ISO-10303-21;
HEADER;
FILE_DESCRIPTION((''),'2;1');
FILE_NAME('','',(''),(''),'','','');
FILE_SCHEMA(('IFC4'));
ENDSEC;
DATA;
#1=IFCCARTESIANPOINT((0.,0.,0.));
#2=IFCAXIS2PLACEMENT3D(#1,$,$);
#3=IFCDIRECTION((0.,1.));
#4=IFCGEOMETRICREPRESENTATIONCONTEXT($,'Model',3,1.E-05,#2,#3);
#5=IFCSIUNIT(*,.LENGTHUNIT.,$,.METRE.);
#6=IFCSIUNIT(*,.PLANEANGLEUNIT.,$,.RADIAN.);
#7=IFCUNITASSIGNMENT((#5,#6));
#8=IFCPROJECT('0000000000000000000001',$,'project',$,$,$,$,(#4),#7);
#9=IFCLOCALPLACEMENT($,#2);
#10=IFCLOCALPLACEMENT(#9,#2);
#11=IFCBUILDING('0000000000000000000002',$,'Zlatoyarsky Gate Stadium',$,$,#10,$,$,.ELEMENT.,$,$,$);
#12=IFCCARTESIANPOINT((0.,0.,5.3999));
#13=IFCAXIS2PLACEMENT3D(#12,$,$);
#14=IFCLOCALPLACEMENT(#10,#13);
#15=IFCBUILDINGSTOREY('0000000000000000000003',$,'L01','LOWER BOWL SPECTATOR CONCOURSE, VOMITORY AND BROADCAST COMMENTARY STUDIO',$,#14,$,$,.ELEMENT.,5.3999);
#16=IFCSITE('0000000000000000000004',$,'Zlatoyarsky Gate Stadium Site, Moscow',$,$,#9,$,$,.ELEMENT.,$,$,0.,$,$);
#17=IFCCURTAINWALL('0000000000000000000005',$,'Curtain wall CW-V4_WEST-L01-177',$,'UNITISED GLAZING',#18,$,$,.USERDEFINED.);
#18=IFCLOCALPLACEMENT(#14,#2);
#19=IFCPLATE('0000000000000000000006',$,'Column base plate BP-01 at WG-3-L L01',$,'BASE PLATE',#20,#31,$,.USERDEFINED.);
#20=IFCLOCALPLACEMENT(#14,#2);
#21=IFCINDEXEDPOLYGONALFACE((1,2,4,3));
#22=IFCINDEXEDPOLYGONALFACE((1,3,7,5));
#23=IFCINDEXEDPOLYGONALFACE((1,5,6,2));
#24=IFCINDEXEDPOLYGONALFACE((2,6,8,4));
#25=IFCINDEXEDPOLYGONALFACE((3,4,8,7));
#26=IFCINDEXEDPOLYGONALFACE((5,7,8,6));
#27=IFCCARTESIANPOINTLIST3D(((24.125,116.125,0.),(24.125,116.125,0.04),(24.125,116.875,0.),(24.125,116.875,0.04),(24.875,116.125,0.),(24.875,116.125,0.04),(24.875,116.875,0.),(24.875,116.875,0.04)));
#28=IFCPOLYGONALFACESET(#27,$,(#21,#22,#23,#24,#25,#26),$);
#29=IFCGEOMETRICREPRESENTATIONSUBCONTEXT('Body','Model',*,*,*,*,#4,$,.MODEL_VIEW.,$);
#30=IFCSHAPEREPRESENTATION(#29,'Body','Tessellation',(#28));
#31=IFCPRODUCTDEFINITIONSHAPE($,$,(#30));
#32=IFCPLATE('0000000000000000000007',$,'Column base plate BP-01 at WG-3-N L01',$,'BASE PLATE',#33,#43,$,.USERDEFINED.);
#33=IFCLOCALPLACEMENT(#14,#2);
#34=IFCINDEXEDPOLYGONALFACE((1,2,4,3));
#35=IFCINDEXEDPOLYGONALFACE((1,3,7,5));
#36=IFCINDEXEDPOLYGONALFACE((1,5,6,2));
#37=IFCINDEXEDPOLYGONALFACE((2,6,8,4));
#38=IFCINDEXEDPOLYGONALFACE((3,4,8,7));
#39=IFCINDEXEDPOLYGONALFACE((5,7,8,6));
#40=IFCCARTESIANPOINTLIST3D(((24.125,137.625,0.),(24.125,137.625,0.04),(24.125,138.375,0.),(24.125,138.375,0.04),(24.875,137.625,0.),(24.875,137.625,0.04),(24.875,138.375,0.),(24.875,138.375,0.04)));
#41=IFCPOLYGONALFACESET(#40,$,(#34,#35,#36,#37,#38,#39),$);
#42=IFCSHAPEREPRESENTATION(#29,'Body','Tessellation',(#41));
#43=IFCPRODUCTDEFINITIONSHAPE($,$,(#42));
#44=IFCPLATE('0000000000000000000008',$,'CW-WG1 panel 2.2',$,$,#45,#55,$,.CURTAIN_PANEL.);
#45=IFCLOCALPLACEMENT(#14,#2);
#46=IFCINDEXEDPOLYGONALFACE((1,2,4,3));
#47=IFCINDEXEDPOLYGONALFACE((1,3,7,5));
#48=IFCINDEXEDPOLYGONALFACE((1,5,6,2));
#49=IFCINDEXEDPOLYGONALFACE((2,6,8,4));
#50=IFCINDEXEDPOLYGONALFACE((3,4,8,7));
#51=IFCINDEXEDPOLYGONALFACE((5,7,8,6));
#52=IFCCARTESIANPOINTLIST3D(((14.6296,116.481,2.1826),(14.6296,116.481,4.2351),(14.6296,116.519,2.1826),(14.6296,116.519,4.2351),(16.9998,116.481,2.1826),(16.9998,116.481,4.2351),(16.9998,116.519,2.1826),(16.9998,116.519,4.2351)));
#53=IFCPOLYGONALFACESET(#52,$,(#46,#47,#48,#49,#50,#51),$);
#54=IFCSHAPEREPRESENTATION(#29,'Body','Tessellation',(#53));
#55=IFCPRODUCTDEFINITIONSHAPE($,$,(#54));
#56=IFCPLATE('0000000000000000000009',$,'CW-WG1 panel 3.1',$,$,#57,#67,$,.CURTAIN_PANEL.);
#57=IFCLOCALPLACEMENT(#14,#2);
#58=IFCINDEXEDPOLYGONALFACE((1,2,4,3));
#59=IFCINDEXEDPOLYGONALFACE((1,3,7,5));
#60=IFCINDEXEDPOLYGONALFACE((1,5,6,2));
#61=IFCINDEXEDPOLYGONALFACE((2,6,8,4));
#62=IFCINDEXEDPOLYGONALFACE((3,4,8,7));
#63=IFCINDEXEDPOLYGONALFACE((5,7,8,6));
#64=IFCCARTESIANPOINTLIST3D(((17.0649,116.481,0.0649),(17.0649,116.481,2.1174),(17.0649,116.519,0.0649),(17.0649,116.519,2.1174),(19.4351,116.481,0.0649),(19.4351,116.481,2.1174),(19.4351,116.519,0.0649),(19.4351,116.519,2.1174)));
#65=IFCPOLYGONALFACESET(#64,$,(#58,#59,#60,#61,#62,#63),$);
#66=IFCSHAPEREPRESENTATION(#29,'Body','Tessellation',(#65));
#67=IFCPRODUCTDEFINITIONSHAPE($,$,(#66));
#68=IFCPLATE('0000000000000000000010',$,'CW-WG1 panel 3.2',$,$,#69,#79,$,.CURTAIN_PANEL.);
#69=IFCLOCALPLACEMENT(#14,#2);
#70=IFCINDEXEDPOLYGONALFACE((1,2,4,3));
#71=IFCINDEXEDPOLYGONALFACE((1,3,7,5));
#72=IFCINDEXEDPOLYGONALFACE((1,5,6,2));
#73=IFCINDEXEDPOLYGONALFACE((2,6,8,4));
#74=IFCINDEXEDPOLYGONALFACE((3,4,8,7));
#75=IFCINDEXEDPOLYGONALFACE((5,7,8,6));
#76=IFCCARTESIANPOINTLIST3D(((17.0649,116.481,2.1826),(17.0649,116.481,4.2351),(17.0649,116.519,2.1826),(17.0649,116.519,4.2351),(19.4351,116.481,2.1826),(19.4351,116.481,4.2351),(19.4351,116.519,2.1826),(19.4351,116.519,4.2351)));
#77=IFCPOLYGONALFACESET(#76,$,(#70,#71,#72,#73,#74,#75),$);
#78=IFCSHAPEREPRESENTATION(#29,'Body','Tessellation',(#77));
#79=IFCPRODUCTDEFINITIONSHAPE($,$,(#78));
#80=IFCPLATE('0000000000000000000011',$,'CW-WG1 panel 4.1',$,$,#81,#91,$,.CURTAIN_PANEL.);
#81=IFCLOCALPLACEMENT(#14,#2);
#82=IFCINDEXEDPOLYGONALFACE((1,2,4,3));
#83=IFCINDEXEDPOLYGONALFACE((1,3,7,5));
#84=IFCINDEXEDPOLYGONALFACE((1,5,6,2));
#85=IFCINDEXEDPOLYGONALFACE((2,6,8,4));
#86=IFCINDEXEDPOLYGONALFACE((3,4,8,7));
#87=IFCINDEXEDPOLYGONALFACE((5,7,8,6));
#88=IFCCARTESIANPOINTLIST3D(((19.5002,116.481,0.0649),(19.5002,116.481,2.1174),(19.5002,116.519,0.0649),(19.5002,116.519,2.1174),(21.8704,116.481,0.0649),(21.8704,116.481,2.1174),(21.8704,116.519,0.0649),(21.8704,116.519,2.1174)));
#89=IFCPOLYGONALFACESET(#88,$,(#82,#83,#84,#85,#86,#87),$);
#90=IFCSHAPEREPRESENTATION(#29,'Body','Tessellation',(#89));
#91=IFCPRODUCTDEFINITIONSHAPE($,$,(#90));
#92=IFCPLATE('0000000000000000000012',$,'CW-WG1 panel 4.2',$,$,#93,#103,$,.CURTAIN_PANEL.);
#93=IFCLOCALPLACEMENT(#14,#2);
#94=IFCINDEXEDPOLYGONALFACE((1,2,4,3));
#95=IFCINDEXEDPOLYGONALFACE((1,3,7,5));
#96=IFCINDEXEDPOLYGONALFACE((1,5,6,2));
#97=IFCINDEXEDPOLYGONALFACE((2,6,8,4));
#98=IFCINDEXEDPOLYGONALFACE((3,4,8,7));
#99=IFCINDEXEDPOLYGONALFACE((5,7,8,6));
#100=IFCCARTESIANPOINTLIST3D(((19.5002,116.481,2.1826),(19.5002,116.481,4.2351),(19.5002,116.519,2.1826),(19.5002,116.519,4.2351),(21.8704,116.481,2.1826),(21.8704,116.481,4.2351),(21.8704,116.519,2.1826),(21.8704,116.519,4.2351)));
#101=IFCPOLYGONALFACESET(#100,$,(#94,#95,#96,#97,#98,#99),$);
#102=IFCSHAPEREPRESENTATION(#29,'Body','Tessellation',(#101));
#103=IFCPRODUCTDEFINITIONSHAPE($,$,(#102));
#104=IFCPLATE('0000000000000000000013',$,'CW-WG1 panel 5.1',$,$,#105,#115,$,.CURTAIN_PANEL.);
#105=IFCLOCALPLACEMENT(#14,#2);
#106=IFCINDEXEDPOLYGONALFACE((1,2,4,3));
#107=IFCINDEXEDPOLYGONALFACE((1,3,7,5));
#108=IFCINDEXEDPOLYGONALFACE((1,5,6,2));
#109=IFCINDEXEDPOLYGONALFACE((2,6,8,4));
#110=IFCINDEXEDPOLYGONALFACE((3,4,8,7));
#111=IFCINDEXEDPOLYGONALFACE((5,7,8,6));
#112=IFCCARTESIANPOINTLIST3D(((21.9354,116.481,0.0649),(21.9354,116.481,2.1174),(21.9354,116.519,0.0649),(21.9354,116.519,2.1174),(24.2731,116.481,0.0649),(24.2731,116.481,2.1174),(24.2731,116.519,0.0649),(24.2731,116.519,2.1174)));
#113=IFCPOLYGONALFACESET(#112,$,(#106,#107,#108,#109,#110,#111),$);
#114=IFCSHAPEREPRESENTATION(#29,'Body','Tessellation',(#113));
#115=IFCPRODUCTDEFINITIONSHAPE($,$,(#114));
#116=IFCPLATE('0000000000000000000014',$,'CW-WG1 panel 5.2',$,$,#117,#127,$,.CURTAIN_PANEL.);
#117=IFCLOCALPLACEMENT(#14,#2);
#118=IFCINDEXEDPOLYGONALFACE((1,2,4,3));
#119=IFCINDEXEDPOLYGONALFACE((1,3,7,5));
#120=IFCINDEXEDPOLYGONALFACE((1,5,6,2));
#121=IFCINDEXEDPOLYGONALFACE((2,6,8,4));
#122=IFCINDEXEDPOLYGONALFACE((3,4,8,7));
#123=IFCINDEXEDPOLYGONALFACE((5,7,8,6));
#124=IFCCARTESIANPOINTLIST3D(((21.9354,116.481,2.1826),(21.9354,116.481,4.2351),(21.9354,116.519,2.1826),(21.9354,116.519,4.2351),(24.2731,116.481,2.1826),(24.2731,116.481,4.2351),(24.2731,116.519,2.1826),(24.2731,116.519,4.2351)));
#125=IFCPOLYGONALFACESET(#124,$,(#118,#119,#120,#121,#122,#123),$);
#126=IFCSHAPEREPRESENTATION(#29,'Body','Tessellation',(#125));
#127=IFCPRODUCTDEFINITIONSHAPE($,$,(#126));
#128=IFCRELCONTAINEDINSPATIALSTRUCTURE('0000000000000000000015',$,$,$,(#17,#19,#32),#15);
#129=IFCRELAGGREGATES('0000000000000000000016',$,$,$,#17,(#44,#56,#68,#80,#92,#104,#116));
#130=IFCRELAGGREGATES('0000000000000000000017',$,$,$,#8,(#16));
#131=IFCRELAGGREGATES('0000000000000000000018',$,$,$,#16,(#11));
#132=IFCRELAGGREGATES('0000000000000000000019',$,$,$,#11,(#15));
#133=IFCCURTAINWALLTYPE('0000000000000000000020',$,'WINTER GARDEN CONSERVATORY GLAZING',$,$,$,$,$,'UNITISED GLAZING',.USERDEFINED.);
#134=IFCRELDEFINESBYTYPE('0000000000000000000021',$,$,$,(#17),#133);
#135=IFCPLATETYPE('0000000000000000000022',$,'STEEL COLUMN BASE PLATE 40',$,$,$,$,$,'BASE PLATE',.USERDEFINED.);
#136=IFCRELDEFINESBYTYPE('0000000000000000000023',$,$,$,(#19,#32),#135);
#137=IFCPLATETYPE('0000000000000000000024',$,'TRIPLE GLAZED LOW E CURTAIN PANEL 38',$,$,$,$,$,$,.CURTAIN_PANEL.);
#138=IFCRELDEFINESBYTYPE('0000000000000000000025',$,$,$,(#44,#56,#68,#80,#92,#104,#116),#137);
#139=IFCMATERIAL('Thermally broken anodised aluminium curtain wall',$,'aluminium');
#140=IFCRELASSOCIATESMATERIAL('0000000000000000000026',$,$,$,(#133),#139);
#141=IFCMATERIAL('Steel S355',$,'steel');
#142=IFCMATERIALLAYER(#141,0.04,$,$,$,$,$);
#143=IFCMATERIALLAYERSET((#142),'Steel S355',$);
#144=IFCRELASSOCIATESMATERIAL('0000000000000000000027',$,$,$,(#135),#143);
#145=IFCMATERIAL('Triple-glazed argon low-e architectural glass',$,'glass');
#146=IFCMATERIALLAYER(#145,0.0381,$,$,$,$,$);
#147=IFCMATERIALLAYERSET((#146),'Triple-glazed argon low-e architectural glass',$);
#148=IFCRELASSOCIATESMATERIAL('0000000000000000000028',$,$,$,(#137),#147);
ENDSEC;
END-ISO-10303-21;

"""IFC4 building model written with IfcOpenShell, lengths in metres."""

from ifc_helpers import new_model, si_unit, direction, frame, origin, origin_2d, place, context, subcontext, project, spatial, rectangle, extrude, material, layer, layer_set, type_object, element, aggregate, save


model = new_model("IFC4")

# Units and contexts
model_context = context("Model", 3, precision=1e-05, world=origin(), true_north=direction((0.0, 1.0)))
body_context = subcontext(model_context, "Body", "Model", "MODEL_VIEW")
ifc_project = project(units=[si_unit("LENGTHUNIT", "METRE"), si_unit("PLANEANGLEUNIT", "RADIAN")], contexts=[model_context])

# Site, building, storey
site_placement = place(None, origin())
site = spatial("IfcSite", under=ifc_project, at=site_placement, Name="Zlatoyarsky Gate Stadium Site, Moscow", CompositionType="ELEMENT", RefElevation=0.0)
building_placement = place(site_placement, origin())
building = spatial("IfcBuilding", under=site, at=building_placement, Name="Zlatoyarsky Gate Stadium", CompositionType="ELEMENT")
storey_placement = place(building_placement, frame((0.0, 0.0, 5.3999)))
storey = spatial("IfcBuildingStorey", under=building, at=storey_placement, Name="L01", Description="LOWER BOWL SPECTATOR CONCOURSE, VOMITORY AND BROADCAST COMMENTARY STUDIO", CompositionType="ELEMENT", Elevation=5.3999)

# Shared definitions
ifc_material_1 = material(Name="Steel S355", Category="steel")

# Curtain wall
ifc_material_2 = material(Name="Thermally broken anodised aluminium curtain wall", Category="aluminium")
curtain_wall_type = type_object("IfcCurtainWallType", Name="WINTER GARDEN CONSERVATORY GLAZING", ElementType="UNITISED GLAZING", PredefinedType="USERDEFINED", material=ifc_material_2)
curtain_wall_placement = place(storey_placement, origin())
curtain_wall = element("IfcCurtainWall", 1, at=curtain_wall_placement, inside=storey, type_object=curtain_wall_type, Name="Curtain wall CW-V4_WEST-L01-177", ObjectType="UNITISED GLAZING", PredefinedType="USERDEFINED")

# Plates
ifc_layer_1 = layer(ifc_material_1, 0.04)
ifc_layer_set_1 = layer_set([ifc_layer_1], Name="Steel S355")
plate_type_1 = type_object("IfcPlateType", Name="STEEL COLUMN BASE PLATE 40", ElementType="BASE PLATE", PredefinedType="USERDEFINED", material=ifc_layer_set_1)
for number, where, z_axis, x_axis, name in (
    (2, (24.5, 116.5, 0.0), (0.0, 0.0, 1.0), (1.0, 0.0, 0.0), "Column base plate BP-01 at WG-3-L L01"),
    (3, (24.5, 138.0, 0.0), (0.0, 0.0, 1.0), (1.0, 0.0, 0.0), "Column base plate BP-01 at WG-3-N L01"),
):
    element("IfcPlate", number, at=place(storey_placement, frame(where, z_axis=z_axis, x_axis=x_axis)), inside=storey, type_object=plate_type_1, Name=name, ObjectType="BASE PLATE", PredefinedType="USERDEFINED", context=body_context, shape_type="SweptSolid", body=[
        extrude(rectangle(XDim=0.75, YDim=0.75, at=origin_2d()), origin(), (0.0, 0.0, 1.0), 0.04),
    ])

# Plates
ifc_material_3 = material(Name="Triple-glazed argon low-e architectural glass", Category="glass")
ifc_layer_2 = layer(ifc_material_3, 0.0381)
ifc_layer_set_2 = layer_set([ifc_layer_2], Name="Triple-glazed argon low-e architectural glass")
plate_type_2 = type_object("IfcPlateType", Name="TRIPLE GLAZED LOW E CURTAIN PANEL 38", PredefinedType="CURTAIN_PANEL", material=ifc_layer_set_2)
plate_1_placement = place(storey_placement, frame((15.8147, 116.5, 2.1826), z_axis=(0.0, 0.0, 1.0), x_axis=(1.0, 0.0, 0.0)))
plate_1 = element("IfcPlate", 4, at=plate_1_placement, type_object=plate_type_2, Name="CW-WG1 panel 2.2", PredefinedType="CURTAIN_PANEL", context=body_context, shape_type="SweptSolid", body=[
    extrude(rectangle(XDim=2.3701, YDim=0.0381, at=origin_2d()), origin(), (0.0, 0.0, 1.0), 2.0525),
])
plate_2_placement = place(storey_placement, frame((18.25, 116.5, 0.0649), z_axis=(0.0, 0.0, 1.0), x_axis=(1.0, 0.0, 0.0)))
plate_2 = element("IfcPlate", 5, at=plate_2_placement, type_object=plate_type_2, Name="CW-WG1 panel 3.1", PredefinedType="CURTAIN_PANEL", context=body_context, shape_type="SweptSolid", body=[
    extrude(rectangle(XDim=2.3701, YDim=0.0381, at=origin_2d()), origin(), (0.0, 0.0, 1.0), 2.0525),
])
plate_3_placement = place(storey_placement, frame((18.25, 116.5, 2.1826), z_axis=(0.0, 0.0, 1.0), x_axis=(1.0, 0.0, 0.0)))
plate_3 = element("IfcPlate", 6, at=plate_3_placement, type_object=plate_type_2, Name="CW-WG1 panel 3.2", PredefinedType="CURTAIN_PANEL", context=body_context, shape_type="SweptSolid", body=[
    extrude(rectangle(XDim=2.3701, YDim=0.0381, at=origin_2d()), origin(), (0.0, 0.0, 1.0), 2.0525),
])
plate_4_placement = place(storey_placement, frame((20.6853, 116.5, 0.0649), z_axis=(0.0, 0.0, 1.0), x_axis=(1.0, 0.0, 0.0)))
plate_4 = element("IfcPlate", 7, at=plate_4_placement, type_object=plate_type_2, Name="CW-WG1 panel 4.1", PredefinedType="CURTAIN_PANEL", context=body_context, shape_type="SweptSolid", body=[
    extrude(rectangle(XDim=2.3701, YDim=0.0381, at=origin_2d()), origin(), (0.0, 0.0, 1.0), 2.0525),
])
plate_5_placement = place(storey_placement, frame((20.6853, 116.5, 2.1826), z_axis=(0.0, 0.0, 1.0), x_axis=(1.0, 0.0, 0.0)))
plate_5 = element("IfcPlate", 8, at=plate_5_placement, type_object=plate_type_2, Name="CW-WG1 panel 4.2", PredefinedType="CURTAIN_PANEL", context=body_context, shape_type="SweptSolid", body=[
    extrude(rectangle(XDim=2.3701, YDim=0.0381, at=origin_2d()), origin(), (0.0, 0.0, 1.0), 2.0525),
])
plate_6_placement = place(storey_placement, frame((23.1042, 116.5, 0.0649), z_axis=(0.0, 0.0, 1.0), x_axis=(1.0, 0.0, 0.0)))
plate_6 = element("IfcPlate", 9, at=plate_6_placement, type_object=plate_type_2, Name="CW-WG1 panel 5.1", PredefinedType="CURTAIN_PANEL", context=body_context, shape_type="SweptSolid", body=[
    extrude(rectangle(XDim=2.3376, YDim=0.0381, at=origin_2d()), origin(), (0.0, 0.0, 1.0), 2.0525),
])
plate_7_placement = place(storey_placement, frame((23.1042, 116.5, 2.1826), z_axis=(0.0, 0.0, 1.0), x_axis=(1.0, 0.0, 0.0)))
plate_7 = element("IfcPlate", 10, at=plate_7_placement, type_object=plate_type_2, Name="CW-WG1 panel 5.2", PredefinedType="CURTAIN_PANEL", context=body_context, shape_type="SweptSolid", body=[
    extrude(rectangle(XDim=2.3376, YDim=0.0381, at=origin_2d()), origin(), (0.0, 0.0, 1.0), 2.0525),
])
aggregate(curtain_wall, [plate_1, plate_2, plate_3, plate_4, plate_5, plate_6, plate_7])

save(model, "model.ifc")
